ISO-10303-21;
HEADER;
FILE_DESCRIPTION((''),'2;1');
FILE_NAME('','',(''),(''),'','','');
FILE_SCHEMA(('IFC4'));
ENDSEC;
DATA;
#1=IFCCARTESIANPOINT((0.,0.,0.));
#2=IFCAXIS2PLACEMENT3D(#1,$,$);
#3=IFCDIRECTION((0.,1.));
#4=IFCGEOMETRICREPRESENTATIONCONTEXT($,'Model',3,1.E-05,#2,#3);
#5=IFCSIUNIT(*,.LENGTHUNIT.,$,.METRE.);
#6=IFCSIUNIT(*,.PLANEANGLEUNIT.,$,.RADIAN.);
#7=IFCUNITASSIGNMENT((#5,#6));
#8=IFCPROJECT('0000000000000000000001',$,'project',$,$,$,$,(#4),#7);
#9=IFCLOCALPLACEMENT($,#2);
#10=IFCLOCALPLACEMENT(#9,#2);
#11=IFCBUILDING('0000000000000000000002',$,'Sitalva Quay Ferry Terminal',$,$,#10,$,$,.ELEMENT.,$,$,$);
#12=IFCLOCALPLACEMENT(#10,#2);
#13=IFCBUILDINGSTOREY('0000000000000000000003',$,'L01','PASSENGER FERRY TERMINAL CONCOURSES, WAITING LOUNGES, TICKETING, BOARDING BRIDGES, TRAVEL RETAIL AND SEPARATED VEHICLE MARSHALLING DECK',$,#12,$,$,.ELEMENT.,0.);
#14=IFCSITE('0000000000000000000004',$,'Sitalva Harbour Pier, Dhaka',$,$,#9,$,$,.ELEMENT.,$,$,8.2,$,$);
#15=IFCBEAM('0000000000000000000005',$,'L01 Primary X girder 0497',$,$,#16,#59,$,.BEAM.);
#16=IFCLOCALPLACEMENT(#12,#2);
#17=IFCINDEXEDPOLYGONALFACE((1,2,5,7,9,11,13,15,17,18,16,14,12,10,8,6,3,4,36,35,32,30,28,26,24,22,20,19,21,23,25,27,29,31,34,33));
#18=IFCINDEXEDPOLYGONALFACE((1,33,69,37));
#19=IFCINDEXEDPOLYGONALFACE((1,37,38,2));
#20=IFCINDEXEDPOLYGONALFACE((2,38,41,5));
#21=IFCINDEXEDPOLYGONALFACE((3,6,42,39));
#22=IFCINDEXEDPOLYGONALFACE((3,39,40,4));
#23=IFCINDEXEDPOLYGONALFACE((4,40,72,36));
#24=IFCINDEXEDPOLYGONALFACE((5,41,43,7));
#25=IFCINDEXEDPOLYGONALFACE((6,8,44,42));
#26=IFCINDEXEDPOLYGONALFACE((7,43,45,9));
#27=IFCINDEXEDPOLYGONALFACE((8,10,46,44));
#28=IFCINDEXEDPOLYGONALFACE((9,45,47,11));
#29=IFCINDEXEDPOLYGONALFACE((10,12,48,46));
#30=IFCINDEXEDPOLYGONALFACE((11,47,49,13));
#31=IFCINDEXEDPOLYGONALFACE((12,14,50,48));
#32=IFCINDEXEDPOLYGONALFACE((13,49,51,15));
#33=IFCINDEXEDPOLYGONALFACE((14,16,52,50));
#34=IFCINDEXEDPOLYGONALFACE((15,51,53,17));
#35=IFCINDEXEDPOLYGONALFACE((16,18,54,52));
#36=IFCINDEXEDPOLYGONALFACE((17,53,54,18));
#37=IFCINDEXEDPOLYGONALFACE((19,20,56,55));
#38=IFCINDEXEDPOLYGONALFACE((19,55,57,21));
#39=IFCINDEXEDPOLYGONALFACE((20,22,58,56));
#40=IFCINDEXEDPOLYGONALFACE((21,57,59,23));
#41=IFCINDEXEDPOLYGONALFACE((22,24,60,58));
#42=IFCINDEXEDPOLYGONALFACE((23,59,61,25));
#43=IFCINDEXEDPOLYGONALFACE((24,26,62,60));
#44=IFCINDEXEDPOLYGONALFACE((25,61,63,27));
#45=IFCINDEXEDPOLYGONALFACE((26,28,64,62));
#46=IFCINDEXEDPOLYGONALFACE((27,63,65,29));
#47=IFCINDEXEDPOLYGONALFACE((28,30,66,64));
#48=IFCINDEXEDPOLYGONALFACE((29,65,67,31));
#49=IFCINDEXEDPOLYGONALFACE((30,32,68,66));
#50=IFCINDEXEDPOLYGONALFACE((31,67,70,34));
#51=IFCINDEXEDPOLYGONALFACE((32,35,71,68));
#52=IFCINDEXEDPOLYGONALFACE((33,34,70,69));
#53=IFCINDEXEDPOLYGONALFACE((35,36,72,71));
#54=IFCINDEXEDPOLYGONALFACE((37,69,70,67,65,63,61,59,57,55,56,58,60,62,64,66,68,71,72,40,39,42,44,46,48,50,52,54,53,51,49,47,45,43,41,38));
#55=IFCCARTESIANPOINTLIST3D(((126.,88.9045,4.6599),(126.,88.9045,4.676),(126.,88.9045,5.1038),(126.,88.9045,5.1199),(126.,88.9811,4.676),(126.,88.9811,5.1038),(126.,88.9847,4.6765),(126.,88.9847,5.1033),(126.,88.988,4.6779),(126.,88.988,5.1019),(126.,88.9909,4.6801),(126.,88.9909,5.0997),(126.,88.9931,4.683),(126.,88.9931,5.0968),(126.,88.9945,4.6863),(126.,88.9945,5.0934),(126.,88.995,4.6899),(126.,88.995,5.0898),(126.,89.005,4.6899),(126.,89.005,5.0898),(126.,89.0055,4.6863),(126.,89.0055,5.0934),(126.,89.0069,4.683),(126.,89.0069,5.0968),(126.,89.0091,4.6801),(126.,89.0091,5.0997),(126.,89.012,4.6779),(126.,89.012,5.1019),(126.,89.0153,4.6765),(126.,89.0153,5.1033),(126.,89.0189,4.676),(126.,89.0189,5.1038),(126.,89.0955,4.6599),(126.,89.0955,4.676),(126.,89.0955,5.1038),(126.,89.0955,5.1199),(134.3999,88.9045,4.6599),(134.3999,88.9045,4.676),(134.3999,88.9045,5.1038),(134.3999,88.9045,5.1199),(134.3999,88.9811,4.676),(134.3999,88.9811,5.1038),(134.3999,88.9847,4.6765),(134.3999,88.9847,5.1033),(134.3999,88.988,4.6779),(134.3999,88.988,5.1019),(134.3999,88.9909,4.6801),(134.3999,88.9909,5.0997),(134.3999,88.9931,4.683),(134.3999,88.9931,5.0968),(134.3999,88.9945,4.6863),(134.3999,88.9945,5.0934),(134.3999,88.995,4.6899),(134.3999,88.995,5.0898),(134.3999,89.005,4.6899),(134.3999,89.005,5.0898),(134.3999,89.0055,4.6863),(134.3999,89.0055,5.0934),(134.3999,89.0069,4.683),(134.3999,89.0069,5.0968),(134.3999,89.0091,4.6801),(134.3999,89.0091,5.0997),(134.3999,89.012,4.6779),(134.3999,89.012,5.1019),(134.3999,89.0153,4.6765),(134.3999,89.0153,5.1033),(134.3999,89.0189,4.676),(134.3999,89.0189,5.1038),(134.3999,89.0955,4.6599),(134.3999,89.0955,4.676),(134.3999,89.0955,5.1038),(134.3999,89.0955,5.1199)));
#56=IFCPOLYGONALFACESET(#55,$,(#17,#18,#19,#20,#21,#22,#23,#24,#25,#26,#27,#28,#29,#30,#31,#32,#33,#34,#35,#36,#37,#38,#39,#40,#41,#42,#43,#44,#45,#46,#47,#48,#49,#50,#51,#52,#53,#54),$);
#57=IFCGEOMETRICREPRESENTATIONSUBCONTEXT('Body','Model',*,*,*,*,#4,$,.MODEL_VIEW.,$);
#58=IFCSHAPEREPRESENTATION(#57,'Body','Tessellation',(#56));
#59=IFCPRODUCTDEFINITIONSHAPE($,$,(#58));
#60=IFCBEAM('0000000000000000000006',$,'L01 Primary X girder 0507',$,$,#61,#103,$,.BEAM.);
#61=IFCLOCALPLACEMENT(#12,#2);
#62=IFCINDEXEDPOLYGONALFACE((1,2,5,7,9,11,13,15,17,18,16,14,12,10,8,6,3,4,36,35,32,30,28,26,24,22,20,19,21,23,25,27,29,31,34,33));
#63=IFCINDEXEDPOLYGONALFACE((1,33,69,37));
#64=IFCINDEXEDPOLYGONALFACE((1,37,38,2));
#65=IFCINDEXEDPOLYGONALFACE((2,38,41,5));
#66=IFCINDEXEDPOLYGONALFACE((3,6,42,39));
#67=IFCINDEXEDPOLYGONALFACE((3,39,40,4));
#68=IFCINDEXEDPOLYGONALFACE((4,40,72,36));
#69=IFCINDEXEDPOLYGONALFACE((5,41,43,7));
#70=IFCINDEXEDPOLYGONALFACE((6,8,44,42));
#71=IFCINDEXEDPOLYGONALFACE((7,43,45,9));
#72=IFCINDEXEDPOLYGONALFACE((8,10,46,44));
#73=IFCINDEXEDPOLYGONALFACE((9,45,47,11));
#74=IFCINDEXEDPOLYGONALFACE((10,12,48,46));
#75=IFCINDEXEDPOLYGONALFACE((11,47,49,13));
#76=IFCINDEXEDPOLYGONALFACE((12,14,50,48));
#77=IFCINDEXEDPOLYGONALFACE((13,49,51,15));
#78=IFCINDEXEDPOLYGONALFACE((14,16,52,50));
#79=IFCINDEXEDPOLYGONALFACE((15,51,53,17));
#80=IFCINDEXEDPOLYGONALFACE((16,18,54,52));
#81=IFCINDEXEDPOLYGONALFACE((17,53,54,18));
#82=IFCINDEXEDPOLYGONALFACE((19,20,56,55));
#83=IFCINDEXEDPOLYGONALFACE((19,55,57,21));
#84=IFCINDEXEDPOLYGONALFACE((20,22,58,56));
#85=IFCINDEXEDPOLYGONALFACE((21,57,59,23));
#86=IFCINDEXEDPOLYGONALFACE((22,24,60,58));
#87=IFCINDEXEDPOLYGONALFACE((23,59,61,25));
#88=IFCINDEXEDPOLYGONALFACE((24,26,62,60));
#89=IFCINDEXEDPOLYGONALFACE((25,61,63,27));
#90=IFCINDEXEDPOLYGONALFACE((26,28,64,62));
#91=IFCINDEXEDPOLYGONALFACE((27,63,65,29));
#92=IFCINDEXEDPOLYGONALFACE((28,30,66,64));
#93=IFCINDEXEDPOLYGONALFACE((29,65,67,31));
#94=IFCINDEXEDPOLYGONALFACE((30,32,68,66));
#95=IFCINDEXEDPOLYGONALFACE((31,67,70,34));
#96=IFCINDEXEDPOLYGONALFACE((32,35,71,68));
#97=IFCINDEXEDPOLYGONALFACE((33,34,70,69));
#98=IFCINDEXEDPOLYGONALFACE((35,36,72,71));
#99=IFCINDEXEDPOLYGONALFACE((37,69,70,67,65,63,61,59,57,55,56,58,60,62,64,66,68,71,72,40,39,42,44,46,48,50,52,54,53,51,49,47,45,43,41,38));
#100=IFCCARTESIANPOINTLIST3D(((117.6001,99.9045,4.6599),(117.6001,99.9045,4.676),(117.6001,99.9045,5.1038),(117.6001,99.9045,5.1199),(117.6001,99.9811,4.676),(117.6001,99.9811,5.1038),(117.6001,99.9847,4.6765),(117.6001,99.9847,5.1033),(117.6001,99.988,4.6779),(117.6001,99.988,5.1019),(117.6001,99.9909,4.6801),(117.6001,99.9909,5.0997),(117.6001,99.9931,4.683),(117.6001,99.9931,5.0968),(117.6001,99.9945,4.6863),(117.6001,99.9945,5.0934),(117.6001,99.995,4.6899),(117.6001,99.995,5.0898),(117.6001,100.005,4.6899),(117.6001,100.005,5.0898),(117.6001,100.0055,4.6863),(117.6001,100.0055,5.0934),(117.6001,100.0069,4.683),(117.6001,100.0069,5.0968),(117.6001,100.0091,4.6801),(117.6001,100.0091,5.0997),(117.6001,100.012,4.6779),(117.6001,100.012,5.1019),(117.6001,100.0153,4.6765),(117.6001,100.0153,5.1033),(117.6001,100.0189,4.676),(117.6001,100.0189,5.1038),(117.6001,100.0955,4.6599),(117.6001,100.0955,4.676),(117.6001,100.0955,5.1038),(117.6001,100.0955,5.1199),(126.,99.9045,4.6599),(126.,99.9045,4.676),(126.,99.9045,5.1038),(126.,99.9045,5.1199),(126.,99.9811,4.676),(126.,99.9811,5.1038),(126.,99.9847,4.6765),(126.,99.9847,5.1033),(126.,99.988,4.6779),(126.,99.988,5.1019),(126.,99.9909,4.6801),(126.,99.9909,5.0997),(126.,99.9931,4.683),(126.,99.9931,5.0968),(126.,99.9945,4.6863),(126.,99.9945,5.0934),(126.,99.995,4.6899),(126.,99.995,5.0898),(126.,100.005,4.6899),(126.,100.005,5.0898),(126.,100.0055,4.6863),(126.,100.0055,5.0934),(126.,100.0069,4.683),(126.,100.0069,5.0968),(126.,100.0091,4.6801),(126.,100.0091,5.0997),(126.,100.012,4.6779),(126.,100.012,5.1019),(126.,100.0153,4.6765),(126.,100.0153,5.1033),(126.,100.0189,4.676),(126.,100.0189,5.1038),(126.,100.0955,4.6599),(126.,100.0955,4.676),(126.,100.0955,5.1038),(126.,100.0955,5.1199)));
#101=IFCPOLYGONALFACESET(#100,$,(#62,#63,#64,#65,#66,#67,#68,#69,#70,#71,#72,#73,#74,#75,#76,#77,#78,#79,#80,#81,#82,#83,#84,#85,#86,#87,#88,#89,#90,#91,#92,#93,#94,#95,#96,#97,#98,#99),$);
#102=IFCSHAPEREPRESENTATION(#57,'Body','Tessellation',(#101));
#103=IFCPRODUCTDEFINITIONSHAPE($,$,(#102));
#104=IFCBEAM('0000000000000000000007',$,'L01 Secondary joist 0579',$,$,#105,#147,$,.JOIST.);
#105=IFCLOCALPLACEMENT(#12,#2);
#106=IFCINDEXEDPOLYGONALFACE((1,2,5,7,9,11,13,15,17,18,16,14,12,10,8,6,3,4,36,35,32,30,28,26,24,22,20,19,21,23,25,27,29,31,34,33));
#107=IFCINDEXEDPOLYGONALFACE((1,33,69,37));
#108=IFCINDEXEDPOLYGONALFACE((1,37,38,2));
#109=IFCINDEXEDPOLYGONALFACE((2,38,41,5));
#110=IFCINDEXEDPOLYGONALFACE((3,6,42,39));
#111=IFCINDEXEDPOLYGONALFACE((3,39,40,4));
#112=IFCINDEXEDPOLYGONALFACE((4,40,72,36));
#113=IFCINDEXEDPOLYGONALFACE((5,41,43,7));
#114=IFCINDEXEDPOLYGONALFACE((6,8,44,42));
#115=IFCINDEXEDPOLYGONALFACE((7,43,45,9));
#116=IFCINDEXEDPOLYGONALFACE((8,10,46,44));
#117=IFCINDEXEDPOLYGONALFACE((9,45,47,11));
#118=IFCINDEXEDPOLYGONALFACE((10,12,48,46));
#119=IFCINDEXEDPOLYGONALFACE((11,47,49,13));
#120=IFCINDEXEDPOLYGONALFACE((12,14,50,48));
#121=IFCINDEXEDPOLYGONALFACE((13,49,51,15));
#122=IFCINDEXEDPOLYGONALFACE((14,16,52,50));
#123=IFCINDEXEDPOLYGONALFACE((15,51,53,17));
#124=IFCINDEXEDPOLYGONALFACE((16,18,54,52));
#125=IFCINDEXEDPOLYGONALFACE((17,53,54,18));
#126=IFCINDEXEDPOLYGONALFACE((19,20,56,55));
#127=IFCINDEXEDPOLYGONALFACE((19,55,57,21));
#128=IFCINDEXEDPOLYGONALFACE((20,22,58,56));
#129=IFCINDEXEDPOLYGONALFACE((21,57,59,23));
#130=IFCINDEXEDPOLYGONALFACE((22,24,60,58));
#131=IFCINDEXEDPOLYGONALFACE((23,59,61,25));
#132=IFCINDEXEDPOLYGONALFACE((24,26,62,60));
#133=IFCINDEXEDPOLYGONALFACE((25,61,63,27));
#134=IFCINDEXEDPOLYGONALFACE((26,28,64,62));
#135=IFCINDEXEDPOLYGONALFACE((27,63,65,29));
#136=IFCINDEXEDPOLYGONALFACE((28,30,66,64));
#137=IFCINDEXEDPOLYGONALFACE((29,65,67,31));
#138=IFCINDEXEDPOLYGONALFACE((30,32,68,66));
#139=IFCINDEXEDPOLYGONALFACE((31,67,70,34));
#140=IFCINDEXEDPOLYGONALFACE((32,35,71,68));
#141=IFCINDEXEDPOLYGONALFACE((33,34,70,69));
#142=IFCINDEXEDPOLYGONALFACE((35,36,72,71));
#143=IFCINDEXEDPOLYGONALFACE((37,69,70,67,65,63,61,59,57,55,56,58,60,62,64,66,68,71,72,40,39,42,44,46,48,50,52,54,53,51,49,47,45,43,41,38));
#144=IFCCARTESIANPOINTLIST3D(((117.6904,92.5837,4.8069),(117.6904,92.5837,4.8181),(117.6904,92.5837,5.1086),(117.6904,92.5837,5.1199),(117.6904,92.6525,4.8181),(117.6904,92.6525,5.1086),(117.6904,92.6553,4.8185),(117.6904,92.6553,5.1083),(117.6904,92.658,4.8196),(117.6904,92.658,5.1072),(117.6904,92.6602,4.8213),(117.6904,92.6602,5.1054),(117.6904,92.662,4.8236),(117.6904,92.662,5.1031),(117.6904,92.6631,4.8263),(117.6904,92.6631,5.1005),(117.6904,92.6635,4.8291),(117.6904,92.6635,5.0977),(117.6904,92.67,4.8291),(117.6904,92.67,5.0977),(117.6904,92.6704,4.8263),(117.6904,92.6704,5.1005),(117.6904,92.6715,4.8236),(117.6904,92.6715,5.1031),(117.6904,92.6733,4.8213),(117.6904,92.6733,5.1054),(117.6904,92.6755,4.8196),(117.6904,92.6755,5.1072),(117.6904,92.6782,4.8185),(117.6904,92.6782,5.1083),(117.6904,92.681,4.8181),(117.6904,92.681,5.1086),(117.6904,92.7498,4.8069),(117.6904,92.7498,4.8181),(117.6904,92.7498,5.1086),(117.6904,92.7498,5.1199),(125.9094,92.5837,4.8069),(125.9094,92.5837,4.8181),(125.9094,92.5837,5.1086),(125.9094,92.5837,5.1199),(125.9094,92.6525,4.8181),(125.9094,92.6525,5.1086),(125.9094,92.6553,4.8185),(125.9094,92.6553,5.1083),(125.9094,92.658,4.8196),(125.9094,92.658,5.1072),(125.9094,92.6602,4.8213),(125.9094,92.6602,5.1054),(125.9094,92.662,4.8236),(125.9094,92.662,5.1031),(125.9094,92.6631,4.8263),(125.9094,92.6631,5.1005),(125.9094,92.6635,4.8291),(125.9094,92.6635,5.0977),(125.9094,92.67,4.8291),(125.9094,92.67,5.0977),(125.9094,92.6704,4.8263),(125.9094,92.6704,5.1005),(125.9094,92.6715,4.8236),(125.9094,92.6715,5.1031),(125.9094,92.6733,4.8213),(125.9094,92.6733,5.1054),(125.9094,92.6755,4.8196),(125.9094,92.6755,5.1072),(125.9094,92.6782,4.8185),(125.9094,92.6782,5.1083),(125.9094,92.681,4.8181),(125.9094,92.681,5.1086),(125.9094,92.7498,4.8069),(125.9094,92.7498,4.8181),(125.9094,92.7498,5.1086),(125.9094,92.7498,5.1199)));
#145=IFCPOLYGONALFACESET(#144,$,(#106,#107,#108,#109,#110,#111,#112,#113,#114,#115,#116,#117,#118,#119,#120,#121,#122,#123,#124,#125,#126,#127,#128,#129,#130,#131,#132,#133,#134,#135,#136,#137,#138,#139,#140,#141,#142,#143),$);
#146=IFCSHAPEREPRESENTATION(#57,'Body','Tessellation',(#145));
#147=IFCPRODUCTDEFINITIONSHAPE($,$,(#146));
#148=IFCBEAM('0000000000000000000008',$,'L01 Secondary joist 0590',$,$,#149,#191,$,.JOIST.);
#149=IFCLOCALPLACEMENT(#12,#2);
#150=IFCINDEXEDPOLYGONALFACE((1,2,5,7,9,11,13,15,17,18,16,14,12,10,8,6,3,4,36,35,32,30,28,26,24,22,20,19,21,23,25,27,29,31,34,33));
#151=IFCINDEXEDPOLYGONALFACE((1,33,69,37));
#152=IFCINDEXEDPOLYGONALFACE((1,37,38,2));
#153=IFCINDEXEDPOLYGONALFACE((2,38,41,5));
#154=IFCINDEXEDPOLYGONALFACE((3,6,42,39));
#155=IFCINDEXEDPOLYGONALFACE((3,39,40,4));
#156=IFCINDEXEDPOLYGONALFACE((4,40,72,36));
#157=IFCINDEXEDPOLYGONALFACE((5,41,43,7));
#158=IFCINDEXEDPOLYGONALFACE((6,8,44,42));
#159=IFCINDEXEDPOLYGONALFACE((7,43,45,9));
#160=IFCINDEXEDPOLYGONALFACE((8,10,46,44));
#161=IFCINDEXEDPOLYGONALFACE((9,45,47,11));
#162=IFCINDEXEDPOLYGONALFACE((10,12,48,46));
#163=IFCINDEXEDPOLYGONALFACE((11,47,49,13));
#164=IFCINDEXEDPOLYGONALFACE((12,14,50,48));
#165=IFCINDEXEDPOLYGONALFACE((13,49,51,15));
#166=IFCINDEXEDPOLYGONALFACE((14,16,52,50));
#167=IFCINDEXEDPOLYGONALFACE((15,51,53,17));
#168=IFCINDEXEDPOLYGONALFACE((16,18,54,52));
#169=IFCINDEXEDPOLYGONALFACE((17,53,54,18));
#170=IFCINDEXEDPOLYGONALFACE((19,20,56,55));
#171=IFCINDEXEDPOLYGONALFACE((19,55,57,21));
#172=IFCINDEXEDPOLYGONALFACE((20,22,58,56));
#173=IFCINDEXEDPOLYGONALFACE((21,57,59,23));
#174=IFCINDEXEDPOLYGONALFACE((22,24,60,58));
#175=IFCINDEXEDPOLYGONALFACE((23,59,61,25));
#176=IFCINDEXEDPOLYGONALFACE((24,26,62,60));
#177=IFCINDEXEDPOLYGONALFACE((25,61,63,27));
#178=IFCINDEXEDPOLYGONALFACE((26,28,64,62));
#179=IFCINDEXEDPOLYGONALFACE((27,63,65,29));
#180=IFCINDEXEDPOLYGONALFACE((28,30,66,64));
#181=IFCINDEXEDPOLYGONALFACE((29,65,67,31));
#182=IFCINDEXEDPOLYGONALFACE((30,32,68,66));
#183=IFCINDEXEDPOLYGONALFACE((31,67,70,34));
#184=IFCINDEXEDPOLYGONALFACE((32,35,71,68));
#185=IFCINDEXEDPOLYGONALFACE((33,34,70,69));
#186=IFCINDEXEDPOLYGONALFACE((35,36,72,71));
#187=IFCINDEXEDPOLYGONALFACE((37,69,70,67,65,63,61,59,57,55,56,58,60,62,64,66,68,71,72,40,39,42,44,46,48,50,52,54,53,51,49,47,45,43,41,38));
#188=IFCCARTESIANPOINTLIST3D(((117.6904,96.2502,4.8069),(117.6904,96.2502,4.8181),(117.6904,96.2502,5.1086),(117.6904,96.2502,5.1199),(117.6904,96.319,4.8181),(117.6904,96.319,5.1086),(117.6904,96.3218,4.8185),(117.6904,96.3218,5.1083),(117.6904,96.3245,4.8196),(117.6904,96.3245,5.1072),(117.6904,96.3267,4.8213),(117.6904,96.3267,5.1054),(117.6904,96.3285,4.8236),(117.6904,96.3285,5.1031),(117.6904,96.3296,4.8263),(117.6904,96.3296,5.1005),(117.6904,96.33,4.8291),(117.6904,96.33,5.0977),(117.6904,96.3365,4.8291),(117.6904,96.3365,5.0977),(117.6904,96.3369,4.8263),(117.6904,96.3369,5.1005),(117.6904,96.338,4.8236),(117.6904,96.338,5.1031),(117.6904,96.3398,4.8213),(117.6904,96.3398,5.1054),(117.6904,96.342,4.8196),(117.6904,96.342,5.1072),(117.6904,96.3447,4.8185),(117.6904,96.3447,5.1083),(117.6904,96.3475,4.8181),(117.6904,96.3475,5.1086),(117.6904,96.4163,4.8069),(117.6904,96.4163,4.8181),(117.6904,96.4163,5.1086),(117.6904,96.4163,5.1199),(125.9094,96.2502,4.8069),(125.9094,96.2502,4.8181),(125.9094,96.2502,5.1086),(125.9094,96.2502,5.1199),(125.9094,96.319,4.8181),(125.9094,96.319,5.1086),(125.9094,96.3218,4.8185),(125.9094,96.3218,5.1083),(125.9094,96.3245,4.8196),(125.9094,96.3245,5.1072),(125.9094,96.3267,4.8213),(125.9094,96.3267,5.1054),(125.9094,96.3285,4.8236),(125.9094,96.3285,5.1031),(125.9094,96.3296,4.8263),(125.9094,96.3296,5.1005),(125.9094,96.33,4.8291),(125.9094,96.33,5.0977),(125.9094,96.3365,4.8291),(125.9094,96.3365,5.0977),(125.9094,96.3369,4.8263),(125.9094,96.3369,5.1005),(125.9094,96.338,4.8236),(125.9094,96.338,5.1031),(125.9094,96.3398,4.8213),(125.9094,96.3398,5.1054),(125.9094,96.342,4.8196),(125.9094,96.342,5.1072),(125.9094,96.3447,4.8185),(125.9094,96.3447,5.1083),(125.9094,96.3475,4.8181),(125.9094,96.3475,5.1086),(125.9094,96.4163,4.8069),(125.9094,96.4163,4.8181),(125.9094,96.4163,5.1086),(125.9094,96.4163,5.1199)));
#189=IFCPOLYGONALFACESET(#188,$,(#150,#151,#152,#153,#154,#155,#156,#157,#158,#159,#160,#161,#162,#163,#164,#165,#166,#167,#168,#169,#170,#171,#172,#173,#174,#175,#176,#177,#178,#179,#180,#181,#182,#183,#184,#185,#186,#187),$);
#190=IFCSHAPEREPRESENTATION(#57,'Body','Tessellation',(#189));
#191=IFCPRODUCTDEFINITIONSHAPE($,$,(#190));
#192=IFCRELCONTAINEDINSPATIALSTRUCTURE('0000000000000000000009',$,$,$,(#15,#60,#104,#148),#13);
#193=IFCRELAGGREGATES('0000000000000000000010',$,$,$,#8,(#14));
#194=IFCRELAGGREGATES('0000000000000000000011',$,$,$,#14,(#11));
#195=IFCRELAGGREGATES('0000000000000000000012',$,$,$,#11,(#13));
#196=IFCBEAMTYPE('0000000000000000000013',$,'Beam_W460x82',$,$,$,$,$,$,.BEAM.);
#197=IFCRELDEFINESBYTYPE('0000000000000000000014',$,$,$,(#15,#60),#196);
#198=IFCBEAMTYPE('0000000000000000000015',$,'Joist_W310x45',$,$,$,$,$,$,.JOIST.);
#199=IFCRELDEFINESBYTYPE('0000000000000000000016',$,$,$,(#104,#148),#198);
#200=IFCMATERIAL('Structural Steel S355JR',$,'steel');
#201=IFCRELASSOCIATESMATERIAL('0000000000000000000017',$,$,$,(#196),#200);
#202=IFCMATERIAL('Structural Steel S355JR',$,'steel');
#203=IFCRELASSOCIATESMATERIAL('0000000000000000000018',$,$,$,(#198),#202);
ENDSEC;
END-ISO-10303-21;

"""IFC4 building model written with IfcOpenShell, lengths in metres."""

from ifc_helpers import new_model, si_unit, direction, frame, origin, origin_2d, place, context, subcontext, project, spatial, i_section, extrude, material, material_profile, profile_set, type_object, element, save


model = new_model("IFC4")

# Units and contexts
model_context = context("Model", 3, precision=1e-05, world=origin(), true_north=direction((0.0, 1.0)))
body_context = subcontext(model_context, "Body", "Model", "MODEL_VIEW")
ifc_project = project(units=[si_unit("LENGTHUNIT", "METRE"), si_unit("PLANEANGLEUNIT", "RADIAN")], contexts=[model_context])

# Site, building, storey
site_placement = place(None, origin())
site = spatial("IfcSite", under=ifc_project, at=site_placement, Name="Sitalva Harbour Pier, Dhaka", CompositionType="ELEMENT", RefElevation=8.2)
building_placement = place(site_placement, origin())
building = spatial("IfcBuilding", under=site, at=building_placement, Name="Sitalva Quay Ferry Terminal", CompositionType="ELEMENT")
storey_placement = place(building_placement, origin())
storey = spatial("IfcBuildingStorey", under=building, at=storey_placement, Name="L01", Description="PASSENGER FERRY TERMINAL CONCOURSES, WAITING LOUNGES, TICKETING, BOARDING BRIDGES, TRAVEL RETAIL AND SEPARATED VEHICLE MARSHALLING DECK", CompositionType="ELEMENT", Elevation=0.0)

# Beams
ifc_material_1 = material(Name="Structural Steel S355JR", Category="steel")
ifc_material_profile_1 = material_profile(ifc_material_1, i_section(OverallWidth=0.1909, OverallDepth=0.46, WebThickness=0.01, FlangeThickness=0.0161, FilletRadius=0.0139, at=origin_2d()), Name="W460x82")
ifc_profile_set_1 = profile_set([ifc_material_profile_1], Name="Structural Steel S355JR")
beam_type_1 = type_object("IfcBeamType", Name="Beam_W460x82", PredefinedType="BEAM", material=ifc_profile_set_1)
for number, where, z_axis, x_axis, name in (
    (1, (126.0, 89.0, 4.8899), (1.0, 0.0, 0.0), (0.0, 1.0, 0.0), "L01 Primary X girder 0497"),
    (2, (117.6001, 100.0, 4.8899), (1.0, 0.0, 0.0), (0.0, 1.0, 0.0), "L01 Primary X girder 0507"),
):
    element("IfcBeam", number, at=place(storey_placement, frame(where, z_axis=z_axis, x_axis=x_axis)), inside=storey, type_object=beam_type_1, Name=name, PredefinedType="BEAM", context=body_context, shape_type="SweptSolid", body=[
        extrude(i_section(OverallWidth=0.1909, OverallDepth=0.46, WebThickness=0.01, FlangeThickness=0.0161, FilletRadius=0.0139, at=origin_2d()), origin(), (0.0, 0.0, 1.0), 8.3999),
    ])
ifc_material_2 = material(Name="Structural Steel S355JR", Category="steel")
ifc_material_profile_2 = material_profile(ifc_material_2, i_section(OverallWidth=0.166, OverallDepth=0.313, WebThickness=0.0066, FlangeThickness=0.0112, FilletRadius=0.011, at=origin_2d()), Name="W310x45")
ifc_profile_set_2 = profile_set([ifc_material_profile_2], Name="Structural Steel S355JR")
beam_type_2 = type_object("IfcBeamType", Name="Joist_W310x45", PredefinedType="JOIST", material=ifc_profile_set_2)
for number, where, z_axis, x_axis, name in (
    (3, (117.6904, 92.6667, 4.9634), (1.0, 0.0, 0.0), (0.0, 1.0, 0.0), "L01 Secondary joist 0579"),
    (4, (117.6904, 96.3333, 4.9634), (1.0, 0.0, 0.0), (0.0, 1.0, 0.0), "L01 Secondary joist 0590"),
):
    element("IfcBeam", number, at=place(storey_placement, frame(where, z_axis=z_axis, x_axis=x_axis)), inside=storey, type_object=beam_type_2, Name=name, PredefinedType="JOIST", context=body_context, shape_type="SweptSolid", body=[
        extrude(i_section(OverallWidth=0.166, OverallDepth=0.313, WebThickness=0.0066, FlangeThickness=0.0112, FilletRadius=0.011, at=origin_2d()), origin(), (0.0, 0.0, 1.0), 8.219),
    ])

save(model, "model.ifc")
